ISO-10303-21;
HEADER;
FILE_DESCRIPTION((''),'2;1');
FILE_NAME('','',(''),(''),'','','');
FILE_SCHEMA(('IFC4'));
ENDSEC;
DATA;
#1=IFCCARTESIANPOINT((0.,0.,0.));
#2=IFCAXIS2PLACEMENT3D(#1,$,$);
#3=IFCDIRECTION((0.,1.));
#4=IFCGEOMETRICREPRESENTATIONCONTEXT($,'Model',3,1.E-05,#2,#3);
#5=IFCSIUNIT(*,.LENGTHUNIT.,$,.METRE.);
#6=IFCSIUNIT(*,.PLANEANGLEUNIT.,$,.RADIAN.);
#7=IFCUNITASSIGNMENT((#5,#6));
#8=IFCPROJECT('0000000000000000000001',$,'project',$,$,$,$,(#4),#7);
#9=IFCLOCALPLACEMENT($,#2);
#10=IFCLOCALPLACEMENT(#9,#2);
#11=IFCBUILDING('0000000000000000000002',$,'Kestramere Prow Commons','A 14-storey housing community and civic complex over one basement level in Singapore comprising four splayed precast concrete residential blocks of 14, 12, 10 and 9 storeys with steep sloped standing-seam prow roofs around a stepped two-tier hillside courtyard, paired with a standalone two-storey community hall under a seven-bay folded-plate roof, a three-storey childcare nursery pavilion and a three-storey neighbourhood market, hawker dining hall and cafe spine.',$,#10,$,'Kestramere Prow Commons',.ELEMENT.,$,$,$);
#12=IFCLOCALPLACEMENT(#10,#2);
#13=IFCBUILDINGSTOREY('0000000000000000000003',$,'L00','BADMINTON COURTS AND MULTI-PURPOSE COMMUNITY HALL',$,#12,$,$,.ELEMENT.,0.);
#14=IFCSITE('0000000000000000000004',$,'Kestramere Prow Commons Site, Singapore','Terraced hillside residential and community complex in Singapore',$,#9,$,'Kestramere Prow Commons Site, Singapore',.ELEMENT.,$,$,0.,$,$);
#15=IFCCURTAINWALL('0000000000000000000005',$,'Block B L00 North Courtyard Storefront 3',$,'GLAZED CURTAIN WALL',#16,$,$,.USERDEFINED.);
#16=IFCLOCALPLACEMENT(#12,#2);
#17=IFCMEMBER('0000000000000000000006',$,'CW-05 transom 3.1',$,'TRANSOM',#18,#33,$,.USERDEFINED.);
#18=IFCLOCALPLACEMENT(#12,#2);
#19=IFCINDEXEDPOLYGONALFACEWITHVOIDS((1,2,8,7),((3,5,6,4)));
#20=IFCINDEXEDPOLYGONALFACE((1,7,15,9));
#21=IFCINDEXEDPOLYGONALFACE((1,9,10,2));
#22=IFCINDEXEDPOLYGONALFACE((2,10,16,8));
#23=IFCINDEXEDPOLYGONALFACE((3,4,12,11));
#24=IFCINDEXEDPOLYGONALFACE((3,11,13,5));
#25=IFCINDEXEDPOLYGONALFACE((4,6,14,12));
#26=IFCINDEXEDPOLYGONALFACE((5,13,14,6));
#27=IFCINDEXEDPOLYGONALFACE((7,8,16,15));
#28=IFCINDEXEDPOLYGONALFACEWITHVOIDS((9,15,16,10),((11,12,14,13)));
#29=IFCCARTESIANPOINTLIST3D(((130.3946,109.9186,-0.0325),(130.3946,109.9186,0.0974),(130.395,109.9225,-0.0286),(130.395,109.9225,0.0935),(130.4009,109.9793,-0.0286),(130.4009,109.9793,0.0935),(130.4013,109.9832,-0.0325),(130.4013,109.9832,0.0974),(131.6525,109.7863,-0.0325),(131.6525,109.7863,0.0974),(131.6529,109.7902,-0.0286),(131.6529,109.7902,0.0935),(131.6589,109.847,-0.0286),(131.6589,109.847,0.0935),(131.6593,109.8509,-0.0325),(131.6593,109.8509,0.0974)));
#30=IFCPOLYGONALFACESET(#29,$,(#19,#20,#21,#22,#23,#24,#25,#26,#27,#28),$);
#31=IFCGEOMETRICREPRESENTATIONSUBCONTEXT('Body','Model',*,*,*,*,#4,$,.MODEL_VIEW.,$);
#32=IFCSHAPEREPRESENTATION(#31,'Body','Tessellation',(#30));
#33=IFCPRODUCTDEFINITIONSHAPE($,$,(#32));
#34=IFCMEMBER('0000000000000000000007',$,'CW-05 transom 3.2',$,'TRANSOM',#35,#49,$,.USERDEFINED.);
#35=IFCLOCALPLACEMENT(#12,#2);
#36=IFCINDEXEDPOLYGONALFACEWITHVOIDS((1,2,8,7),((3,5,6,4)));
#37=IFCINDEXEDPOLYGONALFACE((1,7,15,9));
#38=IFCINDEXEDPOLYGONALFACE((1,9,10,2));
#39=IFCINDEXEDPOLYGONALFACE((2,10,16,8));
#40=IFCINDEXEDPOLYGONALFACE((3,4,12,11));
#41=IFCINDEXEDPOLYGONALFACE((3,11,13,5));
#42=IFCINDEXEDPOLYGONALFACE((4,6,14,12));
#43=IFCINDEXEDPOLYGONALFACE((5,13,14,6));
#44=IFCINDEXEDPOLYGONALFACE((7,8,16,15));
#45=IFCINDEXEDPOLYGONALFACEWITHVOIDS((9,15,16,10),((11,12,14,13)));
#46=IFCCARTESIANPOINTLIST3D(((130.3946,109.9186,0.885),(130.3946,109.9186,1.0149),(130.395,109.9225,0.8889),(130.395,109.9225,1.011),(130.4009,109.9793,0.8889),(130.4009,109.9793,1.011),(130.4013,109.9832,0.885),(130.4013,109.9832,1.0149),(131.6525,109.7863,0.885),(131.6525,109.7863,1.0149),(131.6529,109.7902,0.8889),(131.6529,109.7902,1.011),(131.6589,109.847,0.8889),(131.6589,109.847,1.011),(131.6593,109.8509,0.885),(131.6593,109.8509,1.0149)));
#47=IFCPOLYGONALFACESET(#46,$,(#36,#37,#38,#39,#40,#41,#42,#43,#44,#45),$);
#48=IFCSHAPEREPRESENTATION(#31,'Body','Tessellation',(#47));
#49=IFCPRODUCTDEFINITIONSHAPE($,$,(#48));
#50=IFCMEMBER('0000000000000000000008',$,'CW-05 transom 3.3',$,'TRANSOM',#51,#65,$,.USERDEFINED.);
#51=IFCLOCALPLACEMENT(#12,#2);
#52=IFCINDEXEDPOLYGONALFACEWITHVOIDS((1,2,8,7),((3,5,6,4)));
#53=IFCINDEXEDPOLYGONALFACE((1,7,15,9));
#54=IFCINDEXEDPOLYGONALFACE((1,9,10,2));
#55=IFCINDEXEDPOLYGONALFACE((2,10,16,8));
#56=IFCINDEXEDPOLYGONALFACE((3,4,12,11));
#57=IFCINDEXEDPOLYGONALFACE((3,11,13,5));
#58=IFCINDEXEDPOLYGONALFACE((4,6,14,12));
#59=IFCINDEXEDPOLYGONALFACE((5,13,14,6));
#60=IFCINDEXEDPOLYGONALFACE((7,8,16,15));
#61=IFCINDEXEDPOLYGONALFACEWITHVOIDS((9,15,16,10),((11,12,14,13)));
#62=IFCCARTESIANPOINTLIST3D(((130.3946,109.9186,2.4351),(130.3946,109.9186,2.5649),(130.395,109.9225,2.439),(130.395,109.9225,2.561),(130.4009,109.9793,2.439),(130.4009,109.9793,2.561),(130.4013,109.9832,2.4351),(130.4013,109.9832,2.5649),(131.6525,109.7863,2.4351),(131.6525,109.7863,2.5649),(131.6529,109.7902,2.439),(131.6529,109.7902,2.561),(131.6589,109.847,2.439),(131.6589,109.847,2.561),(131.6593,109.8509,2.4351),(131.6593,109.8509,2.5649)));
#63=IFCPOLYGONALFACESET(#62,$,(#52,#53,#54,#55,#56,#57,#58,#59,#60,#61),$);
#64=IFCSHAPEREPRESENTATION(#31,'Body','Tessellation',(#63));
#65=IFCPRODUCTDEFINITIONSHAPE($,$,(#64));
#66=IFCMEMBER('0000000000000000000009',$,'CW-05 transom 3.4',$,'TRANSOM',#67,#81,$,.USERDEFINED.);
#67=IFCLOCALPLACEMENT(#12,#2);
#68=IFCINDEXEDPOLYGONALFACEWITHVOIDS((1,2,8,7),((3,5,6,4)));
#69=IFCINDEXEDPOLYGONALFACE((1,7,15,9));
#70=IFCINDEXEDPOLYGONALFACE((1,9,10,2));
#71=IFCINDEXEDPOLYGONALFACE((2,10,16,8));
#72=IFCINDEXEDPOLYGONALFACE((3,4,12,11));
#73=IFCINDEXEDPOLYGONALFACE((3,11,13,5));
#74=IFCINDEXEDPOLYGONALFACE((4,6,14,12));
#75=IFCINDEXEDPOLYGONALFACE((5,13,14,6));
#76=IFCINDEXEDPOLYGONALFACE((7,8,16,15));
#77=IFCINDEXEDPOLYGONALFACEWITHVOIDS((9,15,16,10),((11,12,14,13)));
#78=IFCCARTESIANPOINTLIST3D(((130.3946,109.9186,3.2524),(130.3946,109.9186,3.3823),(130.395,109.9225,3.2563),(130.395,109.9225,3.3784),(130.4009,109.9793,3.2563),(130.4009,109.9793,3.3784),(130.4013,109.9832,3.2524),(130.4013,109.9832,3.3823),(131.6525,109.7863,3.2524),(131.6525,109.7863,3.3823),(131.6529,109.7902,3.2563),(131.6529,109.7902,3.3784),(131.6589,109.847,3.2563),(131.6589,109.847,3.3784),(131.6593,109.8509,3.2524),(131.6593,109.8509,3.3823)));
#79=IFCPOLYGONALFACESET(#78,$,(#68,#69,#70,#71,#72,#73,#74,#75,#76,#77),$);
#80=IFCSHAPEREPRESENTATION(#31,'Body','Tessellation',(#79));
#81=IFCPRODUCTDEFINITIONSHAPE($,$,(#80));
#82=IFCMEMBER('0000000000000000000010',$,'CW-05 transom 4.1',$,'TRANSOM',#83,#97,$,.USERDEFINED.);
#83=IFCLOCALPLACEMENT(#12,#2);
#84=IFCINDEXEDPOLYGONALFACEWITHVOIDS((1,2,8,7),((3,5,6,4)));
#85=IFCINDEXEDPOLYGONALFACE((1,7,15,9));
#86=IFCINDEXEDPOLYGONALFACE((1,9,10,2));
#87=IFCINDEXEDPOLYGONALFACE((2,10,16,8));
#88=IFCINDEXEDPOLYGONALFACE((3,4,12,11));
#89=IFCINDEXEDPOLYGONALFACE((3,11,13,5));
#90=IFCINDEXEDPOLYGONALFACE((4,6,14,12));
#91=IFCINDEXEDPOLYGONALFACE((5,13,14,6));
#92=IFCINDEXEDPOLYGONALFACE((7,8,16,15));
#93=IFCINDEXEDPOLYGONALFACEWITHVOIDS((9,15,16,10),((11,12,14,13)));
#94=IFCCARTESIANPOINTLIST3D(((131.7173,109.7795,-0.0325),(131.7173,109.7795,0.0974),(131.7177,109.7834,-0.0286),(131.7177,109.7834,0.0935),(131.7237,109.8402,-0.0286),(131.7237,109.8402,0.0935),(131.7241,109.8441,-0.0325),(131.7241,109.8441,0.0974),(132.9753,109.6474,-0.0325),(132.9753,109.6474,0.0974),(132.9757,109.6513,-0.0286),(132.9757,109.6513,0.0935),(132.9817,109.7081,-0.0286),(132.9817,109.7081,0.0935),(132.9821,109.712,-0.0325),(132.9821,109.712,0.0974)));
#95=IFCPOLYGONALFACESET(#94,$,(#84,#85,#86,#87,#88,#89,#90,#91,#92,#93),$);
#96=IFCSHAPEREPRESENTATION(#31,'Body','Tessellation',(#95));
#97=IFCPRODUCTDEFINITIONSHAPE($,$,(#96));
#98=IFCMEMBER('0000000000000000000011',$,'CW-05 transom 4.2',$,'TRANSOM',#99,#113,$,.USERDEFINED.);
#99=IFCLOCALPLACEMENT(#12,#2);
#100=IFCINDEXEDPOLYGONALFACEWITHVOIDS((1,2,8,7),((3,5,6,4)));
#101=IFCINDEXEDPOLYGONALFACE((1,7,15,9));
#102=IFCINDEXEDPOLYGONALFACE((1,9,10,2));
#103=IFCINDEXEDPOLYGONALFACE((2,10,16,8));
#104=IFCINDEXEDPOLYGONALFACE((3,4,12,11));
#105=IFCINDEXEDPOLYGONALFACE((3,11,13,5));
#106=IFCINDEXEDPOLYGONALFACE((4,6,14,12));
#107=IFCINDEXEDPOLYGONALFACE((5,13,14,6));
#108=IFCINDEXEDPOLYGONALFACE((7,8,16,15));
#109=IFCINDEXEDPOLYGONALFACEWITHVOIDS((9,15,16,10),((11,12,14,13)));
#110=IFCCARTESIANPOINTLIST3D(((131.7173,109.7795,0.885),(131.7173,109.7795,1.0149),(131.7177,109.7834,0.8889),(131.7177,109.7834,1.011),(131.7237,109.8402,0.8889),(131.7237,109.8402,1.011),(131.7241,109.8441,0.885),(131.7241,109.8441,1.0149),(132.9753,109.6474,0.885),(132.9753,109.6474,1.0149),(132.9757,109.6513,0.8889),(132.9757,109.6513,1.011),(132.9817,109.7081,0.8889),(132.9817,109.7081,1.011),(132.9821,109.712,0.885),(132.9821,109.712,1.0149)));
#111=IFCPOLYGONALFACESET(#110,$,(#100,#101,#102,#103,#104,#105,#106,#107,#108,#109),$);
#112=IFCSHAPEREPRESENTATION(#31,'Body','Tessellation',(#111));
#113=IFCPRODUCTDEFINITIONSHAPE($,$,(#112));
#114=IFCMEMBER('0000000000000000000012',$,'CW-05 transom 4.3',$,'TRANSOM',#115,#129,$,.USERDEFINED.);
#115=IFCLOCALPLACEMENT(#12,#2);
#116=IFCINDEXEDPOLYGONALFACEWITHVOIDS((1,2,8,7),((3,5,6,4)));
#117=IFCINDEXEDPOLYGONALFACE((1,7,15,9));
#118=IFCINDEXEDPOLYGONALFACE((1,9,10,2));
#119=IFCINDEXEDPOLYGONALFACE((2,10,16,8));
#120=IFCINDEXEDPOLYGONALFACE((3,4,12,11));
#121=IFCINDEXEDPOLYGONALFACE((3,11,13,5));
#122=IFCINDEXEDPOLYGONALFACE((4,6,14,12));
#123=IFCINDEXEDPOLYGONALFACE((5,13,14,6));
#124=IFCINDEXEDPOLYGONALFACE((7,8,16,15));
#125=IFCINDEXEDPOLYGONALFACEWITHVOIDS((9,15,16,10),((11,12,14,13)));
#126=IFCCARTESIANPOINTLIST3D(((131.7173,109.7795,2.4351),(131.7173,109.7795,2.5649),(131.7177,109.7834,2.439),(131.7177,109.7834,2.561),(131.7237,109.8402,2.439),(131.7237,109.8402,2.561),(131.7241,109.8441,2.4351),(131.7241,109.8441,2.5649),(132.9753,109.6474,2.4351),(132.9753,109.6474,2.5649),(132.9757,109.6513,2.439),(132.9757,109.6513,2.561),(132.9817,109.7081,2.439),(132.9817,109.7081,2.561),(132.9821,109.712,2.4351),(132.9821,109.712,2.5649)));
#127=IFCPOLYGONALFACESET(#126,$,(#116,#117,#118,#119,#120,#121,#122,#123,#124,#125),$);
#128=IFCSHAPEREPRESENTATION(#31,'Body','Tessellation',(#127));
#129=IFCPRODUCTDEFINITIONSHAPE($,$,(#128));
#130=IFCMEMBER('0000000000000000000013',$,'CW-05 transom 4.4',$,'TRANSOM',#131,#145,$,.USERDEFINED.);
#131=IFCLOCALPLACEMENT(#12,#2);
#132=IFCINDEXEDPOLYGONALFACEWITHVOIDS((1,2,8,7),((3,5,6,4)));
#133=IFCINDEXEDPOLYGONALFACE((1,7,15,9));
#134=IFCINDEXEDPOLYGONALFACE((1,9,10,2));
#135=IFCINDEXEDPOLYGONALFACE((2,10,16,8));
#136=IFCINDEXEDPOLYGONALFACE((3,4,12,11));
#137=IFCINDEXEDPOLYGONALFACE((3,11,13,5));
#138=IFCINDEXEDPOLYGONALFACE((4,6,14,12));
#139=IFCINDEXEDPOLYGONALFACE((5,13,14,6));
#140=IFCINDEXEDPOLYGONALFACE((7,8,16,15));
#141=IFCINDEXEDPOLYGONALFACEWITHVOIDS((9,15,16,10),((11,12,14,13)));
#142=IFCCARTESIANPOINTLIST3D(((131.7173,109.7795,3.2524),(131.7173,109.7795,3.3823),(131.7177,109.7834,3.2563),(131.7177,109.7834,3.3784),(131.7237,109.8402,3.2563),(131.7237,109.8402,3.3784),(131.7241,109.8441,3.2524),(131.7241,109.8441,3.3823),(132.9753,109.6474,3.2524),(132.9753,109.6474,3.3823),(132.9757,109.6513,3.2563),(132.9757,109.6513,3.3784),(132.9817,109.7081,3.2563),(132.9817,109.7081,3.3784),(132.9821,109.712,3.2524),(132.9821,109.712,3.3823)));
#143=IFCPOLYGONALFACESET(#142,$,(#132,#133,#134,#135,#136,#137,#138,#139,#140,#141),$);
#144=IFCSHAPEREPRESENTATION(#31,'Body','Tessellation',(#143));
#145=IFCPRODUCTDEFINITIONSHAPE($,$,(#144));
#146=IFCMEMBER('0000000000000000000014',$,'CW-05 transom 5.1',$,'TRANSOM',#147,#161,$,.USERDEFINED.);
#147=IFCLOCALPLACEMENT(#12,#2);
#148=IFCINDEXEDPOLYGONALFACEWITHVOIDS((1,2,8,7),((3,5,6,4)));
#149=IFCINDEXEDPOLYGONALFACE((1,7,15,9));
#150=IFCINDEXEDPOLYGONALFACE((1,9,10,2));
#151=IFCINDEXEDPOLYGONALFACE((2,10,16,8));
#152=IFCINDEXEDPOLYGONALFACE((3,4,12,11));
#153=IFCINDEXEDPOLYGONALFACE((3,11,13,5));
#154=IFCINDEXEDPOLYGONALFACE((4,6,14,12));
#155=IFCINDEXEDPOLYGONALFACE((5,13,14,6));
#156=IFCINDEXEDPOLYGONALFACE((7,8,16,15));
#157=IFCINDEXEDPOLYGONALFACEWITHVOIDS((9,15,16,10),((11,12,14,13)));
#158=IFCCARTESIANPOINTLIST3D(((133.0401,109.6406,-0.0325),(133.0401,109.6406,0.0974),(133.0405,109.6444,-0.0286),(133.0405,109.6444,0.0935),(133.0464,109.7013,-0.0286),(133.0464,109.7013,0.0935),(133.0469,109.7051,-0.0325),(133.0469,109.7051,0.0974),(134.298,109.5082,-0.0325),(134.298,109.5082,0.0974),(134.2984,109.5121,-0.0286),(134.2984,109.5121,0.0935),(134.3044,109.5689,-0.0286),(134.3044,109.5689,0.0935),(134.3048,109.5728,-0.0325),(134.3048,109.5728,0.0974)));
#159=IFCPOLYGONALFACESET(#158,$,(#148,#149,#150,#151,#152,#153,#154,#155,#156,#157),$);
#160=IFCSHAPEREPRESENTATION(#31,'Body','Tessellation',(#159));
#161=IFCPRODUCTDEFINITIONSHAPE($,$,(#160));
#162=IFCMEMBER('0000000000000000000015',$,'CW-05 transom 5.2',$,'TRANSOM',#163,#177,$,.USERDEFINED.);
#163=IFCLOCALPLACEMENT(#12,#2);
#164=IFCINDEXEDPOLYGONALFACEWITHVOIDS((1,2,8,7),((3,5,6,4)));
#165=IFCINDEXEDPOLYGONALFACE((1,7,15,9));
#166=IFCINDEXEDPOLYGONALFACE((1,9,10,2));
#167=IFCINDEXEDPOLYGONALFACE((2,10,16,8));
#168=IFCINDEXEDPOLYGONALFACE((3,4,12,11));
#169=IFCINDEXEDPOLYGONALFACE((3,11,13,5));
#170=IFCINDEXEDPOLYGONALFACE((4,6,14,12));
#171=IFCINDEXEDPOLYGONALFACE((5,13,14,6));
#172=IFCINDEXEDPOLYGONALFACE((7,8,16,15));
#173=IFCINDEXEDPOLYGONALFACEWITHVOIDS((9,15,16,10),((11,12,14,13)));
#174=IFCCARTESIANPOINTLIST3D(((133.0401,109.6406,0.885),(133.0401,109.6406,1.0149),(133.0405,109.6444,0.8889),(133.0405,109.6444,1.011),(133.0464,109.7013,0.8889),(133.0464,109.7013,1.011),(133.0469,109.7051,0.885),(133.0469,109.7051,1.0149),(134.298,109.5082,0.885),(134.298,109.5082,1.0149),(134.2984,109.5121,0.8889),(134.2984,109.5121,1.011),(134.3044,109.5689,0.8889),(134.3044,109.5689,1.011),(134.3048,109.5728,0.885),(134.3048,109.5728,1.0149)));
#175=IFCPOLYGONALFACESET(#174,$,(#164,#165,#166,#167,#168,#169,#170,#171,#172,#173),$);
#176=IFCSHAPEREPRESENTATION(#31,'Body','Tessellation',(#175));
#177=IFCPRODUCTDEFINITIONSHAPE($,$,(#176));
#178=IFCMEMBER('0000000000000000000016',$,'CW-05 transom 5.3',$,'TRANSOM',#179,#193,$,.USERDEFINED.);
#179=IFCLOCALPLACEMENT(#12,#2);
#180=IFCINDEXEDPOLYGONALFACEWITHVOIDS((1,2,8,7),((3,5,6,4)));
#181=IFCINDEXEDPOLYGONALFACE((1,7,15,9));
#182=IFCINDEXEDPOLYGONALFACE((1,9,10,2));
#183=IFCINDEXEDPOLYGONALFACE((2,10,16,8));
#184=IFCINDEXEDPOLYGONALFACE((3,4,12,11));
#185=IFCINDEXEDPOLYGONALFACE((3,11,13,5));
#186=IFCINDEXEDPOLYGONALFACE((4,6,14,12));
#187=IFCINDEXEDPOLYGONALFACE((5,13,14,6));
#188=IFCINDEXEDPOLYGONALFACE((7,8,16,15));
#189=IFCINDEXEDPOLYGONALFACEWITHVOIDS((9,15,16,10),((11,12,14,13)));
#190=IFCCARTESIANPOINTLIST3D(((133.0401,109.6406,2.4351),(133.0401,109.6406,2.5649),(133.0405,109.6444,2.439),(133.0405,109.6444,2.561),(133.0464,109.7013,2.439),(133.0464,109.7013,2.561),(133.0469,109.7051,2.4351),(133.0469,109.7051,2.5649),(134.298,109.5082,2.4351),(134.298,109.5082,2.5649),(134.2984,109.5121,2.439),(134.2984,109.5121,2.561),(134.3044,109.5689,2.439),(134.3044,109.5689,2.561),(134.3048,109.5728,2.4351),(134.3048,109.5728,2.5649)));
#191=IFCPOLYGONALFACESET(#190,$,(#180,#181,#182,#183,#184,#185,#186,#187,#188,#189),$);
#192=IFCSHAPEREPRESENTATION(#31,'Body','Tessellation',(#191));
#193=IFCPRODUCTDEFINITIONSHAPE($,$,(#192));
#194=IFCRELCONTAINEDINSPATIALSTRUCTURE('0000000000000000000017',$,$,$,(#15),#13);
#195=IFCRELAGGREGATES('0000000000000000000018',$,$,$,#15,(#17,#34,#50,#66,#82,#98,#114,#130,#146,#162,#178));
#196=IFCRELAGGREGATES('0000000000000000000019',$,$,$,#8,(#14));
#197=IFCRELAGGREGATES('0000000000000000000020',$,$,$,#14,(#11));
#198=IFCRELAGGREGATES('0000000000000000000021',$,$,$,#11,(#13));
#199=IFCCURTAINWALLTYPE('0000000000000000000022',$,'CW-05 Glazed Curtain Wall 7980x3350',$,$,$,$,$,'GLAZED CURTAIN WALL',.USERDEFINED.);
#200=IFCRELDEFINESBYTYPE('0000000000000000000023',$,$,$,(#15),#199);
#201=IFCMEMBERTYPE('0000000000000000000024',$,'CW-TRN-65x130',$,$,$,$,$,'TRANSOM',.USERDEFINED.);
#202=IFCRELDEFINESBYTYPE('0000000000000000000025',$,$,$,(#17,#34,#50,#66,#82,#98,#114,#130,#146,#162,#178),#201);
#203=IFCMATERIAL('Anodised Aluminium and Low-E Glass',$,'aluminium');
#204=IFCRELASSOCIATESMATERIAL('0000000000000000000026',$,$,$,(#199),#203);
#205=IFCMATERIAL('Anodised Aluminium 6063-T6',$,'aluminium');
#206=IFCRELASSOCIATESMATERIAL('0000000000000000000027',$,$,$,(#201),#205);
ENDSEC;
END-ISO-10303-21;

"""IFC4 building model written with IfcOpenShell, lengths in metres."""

from ifc_helpers import new_model, si_unit, direction, frame, origin, origin_2d, place, context, subcontext, project, spatial, hollow_rectangle, extrude, material, material_profile, profile_set, type_object, element, aggregate, save


model = new_model("IFC4")

# Units and contexts
model_context = context("Model", 3, precision=1e-05, world=origin(), true_north=direction((0.0, 1.0)))
body_context = subcontext(model_context, "Body", "Model", "MODEL_VIEW")
ifc_project = project(units=[si_unit("LENGTHUNIT", "METRE"), si_unit("PLANEANGLEUNIT", "RADIAN")], contexts=[model_context])

# Site, building, storey
site_placement = place(None, origin())
site = spatial("IfcSite", under=ifc_project, at=site_placement, Name="Kestramere Prow Commons Site, Singapore", Description="Terraced hillside residential and community complex in Singapore", LongName="Kestramere Prow Commons Site, Singapore", CompositionType="ELEMENT", RefElevation=0.0)
building_placement = place(site_placement, origin())
building = spatial("IfcBuilding", under=site, at=building_placement, Name="Kestramere Prow Commons", Description="A 14-storey housing community and civic complex over one basement level in Singapore comprising four splayed precast concrete residential blocks of 14, 12, 10 and 9 storeys with steep sloped standing-seam prow roofs around a stepped two-tier hillside courtyard, paired with a standalone two-storey community hall under a seven-bay folded-plate roof, a three-storey childcare nursery pavilion and a three-storey neighbourhood market, hawker dining hall and cafe spine.", LongName="Kestramere Prow Commons", CompositionType="ELEMENT")
storey_placement = place(building_placement, origin())
storey = spatial("IfcBuildingStorey", under=building, at=storey_placement, Name="L00", Description="BADMINTON COURTS AND MULTI-PURPOSE COMMUNITY HALL", CompositionType="ELEMENT", Elevation=0.0)

# Curtain wall, members
ifc_material_1 = material(Name="Anodised Aluminium and Low-E Glass", Category="aluminium")
curtain_wall_type = type_object("IfcCurtainWallType", Name="CW-05 Glazed Curtain Wall 7980x3350", ElementType="GLAZED CURTAIN WALL", PredefinedType="USERDEFINED", material=ifc_material_1)
curtain_wall_placement = place(storey_placement, origin())
curtain_wall = element("IfcCurtainWall", 1, at=curtain_wall_placement, inside=storey, type_object=curtain_wall_type, Name="Block B L00 North Courtyard Storefront 3", ObjectType="GLAZED CURTAIN WALL", PredefinedType="USERDEFINED")
ifc_material_2 = material(Name="Anodised Aluminium 6063-T6", Category="aluminium")
ifc_material_profile_1 = material_profile(ifc_material_2, hollow_rectangle(XDim=0.0649, YDim=0.1299, WallThickness=0.0039, at=origin_2d()), Name="ALU-TRN 65x130")
ifc_profile_set_1 = profile_set([ifc_material_profile_1], Name="Anodised Aluminium 6063-T6")
member_type_1 = type_object("IfcMemberType", Name="CW-TRN-65x130", ElementType="TRANSOM", PredefinedType="USERDEFINED", material=ifc_profile_set_1)
member_1_placement = place(storey_placement, frame((130.3979, 109.9509, 0.0325), z_axis=(0.994514, -0.104604, 0.0), x_axis=(0.104604, 0.994514, 0.0)))
member_1 = element("IfcMember", 2, at=member_1_placement, type_object=member_type_1, Name="CW-05 transom 3.1", ObjectType="TRANSOM", PredefinedType="USERDEFINED", context=body_context, shape_type="SweptSolid", body=[
    extrude(hollow_rectangle(XDim=0.0649, YDim=0.1299, WallThickness=0.0039, at=origin_2d()), origin(), (0.0, 0.0, 1.0), 1.2649),
])
member_2_placement = place(storey_placement, frame((130.3979, 109.9509, 0.95), z_axis=(0.994514, -0.104604, 0.0), x_axis=(0.104604, 0.994514, 0.0)))
member_2 = element("IfcMember", 3, at=member_2_placement, type_object=member_type_1, Name="CW-05 transom 3.2", ObjectType="TRANSOM", PredefinedType="USERDEFINED", context=body_context, shape_type="SweptSolid", body=[
    extrude(hollow_rectangle(XDim=0.0649, YDim=0.1299, WallThickness=0.0039, at=origin_2d()), origin(), (0.0, 0.0, 1.0), 1.2649),
])
member_3_placement = place(storey_placement, frame((130.3979, 109.9509, 2.5), z_axis=(0.994514, -0.104604, 0.0), x_axis=(0.104604, 0.994514, 0.0)))
member_3 = element("IfcMember", 4, at=member_3_placement, type_object=member_type_1, Name="CW-05 transom 3.3", ObjectType="TRANSOM", PredefinedType="USERDEFINED", context=body_context, shape_type="SweptSolid", body=[
    extrude(hollow_rectangle(XDim=0.0649, YDim=0.1299, WallThickness=0.0039, at=origin_2d()), origin(), (0.0, 0.0, 1.0), 1.2649),
])
member_4_placement = place(storey_placement, frame((130.3979, 109.9509, 3.3174), z_axis=(0.994514, -0.104604, 0.0), x_axis=(0.104604, 0.994514, 0.0)))
member_4 = element("IfcMember", 5, at=member_4_placement, type_object=member_type_1, Name="CW-05 transom 3.4", ObjectType="TRANSOM", PredefinedType="USERDEFINED", context=body_context, shape_type="SweptSolid", body=[
    extrude(hollow_rectangle(XDim=0.0649, YDim=0.1299, WallThickness=0.0039, at=origin_2d()), origin(), (0.0, 0.0, 1.0), 1.2649),
])
member_5_placement = place(storey_placement, frame((131.7207, 109.8118, 0.0325), z_axis=(0.994534, -0.104414, 0.0), x_axis=(0.104414, 0.994534, 0.0)))
member_5 = element("IfcMember", 6, at=member_5_placement, type_object=member_type_1, Name="CW-05 transom 4.1", ObjectType="TRANSOM", PredefinedType="USERDEFINED", context=body_context, shape_type="SweptSolid", body=[
    extrude(hollow_rectangle(XDim=0.0649, YDim=0.1299, WallThickness=0.0039, at=origin_2d()), origin(), (0.0, 0.0, 1.0), 1.2649),
])
member_6_placement = place(storey_placement, frame((131.7207, 109.8118, 0.95), z_axis=(0.994534, -0.104414, 0.0), x_axis=(0.104414, 0.994534, 0.0)))
member_6 = element("IfcMember", 7, at=member_6_placement, type_object=member_type_1, Name="CW-05 transom 4.2", ObjectType="TRANSOM", PredefinedType="USERDEFINED", context=body_context, shape_type="SweptSolid", body=[
    extrude(hollow_rectangle(XDim=0.0649, YDim=0.1299, WallThickness=0.0039, at=origin_2d()), origin(), (0.0, 0.0, 1.0), 1.2649),
])
member_7_placement = place(storey_placement, frame((131.7207, 109.8118, 2.5), z_axis=(0.994534, -0.104414, 0.0), x_axis=(0.104414, 0.994534, 0.0)))
member_7 = element("IfcMember", 8, at=member_7_placement, type_object=member_type_1, Name="CW-05 transom 4.3", ObjectType="TRANSOM", PredefinedType="USERDEFINED", context=body_context, shape_type="SweptSolid", body=[
    extrude(hollow_rectangle(XDim=0.0649, YDim=0.1299, WallThickness=0.0039, at=origin_2d()), origin(), (0.0, 0.0, 1.0), 1.2649),
])
member_8_placement = place(storey_placement, frame((131.7207, 109.8118, 3.3174), z_axis=(0.994534, -0.104414, 0.0), x_axis=(0.104414, 0.994534, 0.0)))
member_8 = element("IfcMember", 9, at=member_8_placement, type_object=member_type_1, Name="CW-05 transom 4.4", ObjectType="TRANSOM", PredefinedType="USERDEFINED", context=body_context, shape_type="SweptSolid", body=[
    extrude(hollow_rectangle(XDim=0.0649, YDim=0.1299, WallThickness=0.0039, at=origin_2d()), origin(), (0.0, 0.0, 1.0), 1.2649),
])
member_9_placement = place(storey_placement, frame((133.0435, 109.6729, 0.0325), z_axis=(0.994514, -0.104604, 0.0), x_axis=(0.104604, 0.994514, 0.0)))
member_9 = element("IfcMember", 10, at=member_9_placement, type_object=member_type_1, Name="CW-05 transom 5.1", ObjectType="TRANSOM", PredefinedType="USERDEFINED", context=body_context, shape_type="SweptSolid", body=[
    extrude(hollow_rectangle(XDim=0.0649, YDim=0.1299, WallThickness=0.0039, at=origin_2d()), origin(), (0.0, 0.0, 1.0), 1.2649),
])
member_10_placement = place(storey_placement, frame((133.0435, 109.6729, 0.95), z_axis=(0.994514, -0.104604, 0.0), x_axis=(0.104604, 0.994514, 0.0)))
member_10 = element("IfcMember", 11, at=member_10_placement, type_object=member_type_1, Name="CW-05 transom 5.2", ObjectType="TRANSOM", PredefinedType="USERDEFINED", context=body_context, shape_type="SweptSolid", body=[
    extrude(hollow_rectangle(XDim=0.0649, YDim=0.1299, WallThickness=0.0039, at=origin_2d()), origin(), (0.0, 0.0, 1.0), 1.2649),
])
member_11_placement = place(storey_placement, frame((133.0435, 109.6729, 2.5), z_axis=(0.994514, -0.104604, 0.0), x_axis=(0.104604, 0.994514, 0.0)))
member_11 = element("IfcMember", 12, at=member_11_placement, type_object=member_type_1, Name="CW-05 transom 5.3", ObjectType="TRANSOM", PredefinedType="USERDEFINED", context=body_context, shape_type="SweptSolid", body=[
    extrude(hollow_rectangle(XDim=0.0649, YDim=0.1299, WallThickness=0.0039, at=origin_2d()), origin(), (0.0, 0.0, 1.0), 1.2649),
])

aggregate(curtain_wall, [member_1, member_2, member_3, member_4, member_5, member_6, member_7, member_8, member_9, member_10, member_11])

save(model, "model.ifc")
